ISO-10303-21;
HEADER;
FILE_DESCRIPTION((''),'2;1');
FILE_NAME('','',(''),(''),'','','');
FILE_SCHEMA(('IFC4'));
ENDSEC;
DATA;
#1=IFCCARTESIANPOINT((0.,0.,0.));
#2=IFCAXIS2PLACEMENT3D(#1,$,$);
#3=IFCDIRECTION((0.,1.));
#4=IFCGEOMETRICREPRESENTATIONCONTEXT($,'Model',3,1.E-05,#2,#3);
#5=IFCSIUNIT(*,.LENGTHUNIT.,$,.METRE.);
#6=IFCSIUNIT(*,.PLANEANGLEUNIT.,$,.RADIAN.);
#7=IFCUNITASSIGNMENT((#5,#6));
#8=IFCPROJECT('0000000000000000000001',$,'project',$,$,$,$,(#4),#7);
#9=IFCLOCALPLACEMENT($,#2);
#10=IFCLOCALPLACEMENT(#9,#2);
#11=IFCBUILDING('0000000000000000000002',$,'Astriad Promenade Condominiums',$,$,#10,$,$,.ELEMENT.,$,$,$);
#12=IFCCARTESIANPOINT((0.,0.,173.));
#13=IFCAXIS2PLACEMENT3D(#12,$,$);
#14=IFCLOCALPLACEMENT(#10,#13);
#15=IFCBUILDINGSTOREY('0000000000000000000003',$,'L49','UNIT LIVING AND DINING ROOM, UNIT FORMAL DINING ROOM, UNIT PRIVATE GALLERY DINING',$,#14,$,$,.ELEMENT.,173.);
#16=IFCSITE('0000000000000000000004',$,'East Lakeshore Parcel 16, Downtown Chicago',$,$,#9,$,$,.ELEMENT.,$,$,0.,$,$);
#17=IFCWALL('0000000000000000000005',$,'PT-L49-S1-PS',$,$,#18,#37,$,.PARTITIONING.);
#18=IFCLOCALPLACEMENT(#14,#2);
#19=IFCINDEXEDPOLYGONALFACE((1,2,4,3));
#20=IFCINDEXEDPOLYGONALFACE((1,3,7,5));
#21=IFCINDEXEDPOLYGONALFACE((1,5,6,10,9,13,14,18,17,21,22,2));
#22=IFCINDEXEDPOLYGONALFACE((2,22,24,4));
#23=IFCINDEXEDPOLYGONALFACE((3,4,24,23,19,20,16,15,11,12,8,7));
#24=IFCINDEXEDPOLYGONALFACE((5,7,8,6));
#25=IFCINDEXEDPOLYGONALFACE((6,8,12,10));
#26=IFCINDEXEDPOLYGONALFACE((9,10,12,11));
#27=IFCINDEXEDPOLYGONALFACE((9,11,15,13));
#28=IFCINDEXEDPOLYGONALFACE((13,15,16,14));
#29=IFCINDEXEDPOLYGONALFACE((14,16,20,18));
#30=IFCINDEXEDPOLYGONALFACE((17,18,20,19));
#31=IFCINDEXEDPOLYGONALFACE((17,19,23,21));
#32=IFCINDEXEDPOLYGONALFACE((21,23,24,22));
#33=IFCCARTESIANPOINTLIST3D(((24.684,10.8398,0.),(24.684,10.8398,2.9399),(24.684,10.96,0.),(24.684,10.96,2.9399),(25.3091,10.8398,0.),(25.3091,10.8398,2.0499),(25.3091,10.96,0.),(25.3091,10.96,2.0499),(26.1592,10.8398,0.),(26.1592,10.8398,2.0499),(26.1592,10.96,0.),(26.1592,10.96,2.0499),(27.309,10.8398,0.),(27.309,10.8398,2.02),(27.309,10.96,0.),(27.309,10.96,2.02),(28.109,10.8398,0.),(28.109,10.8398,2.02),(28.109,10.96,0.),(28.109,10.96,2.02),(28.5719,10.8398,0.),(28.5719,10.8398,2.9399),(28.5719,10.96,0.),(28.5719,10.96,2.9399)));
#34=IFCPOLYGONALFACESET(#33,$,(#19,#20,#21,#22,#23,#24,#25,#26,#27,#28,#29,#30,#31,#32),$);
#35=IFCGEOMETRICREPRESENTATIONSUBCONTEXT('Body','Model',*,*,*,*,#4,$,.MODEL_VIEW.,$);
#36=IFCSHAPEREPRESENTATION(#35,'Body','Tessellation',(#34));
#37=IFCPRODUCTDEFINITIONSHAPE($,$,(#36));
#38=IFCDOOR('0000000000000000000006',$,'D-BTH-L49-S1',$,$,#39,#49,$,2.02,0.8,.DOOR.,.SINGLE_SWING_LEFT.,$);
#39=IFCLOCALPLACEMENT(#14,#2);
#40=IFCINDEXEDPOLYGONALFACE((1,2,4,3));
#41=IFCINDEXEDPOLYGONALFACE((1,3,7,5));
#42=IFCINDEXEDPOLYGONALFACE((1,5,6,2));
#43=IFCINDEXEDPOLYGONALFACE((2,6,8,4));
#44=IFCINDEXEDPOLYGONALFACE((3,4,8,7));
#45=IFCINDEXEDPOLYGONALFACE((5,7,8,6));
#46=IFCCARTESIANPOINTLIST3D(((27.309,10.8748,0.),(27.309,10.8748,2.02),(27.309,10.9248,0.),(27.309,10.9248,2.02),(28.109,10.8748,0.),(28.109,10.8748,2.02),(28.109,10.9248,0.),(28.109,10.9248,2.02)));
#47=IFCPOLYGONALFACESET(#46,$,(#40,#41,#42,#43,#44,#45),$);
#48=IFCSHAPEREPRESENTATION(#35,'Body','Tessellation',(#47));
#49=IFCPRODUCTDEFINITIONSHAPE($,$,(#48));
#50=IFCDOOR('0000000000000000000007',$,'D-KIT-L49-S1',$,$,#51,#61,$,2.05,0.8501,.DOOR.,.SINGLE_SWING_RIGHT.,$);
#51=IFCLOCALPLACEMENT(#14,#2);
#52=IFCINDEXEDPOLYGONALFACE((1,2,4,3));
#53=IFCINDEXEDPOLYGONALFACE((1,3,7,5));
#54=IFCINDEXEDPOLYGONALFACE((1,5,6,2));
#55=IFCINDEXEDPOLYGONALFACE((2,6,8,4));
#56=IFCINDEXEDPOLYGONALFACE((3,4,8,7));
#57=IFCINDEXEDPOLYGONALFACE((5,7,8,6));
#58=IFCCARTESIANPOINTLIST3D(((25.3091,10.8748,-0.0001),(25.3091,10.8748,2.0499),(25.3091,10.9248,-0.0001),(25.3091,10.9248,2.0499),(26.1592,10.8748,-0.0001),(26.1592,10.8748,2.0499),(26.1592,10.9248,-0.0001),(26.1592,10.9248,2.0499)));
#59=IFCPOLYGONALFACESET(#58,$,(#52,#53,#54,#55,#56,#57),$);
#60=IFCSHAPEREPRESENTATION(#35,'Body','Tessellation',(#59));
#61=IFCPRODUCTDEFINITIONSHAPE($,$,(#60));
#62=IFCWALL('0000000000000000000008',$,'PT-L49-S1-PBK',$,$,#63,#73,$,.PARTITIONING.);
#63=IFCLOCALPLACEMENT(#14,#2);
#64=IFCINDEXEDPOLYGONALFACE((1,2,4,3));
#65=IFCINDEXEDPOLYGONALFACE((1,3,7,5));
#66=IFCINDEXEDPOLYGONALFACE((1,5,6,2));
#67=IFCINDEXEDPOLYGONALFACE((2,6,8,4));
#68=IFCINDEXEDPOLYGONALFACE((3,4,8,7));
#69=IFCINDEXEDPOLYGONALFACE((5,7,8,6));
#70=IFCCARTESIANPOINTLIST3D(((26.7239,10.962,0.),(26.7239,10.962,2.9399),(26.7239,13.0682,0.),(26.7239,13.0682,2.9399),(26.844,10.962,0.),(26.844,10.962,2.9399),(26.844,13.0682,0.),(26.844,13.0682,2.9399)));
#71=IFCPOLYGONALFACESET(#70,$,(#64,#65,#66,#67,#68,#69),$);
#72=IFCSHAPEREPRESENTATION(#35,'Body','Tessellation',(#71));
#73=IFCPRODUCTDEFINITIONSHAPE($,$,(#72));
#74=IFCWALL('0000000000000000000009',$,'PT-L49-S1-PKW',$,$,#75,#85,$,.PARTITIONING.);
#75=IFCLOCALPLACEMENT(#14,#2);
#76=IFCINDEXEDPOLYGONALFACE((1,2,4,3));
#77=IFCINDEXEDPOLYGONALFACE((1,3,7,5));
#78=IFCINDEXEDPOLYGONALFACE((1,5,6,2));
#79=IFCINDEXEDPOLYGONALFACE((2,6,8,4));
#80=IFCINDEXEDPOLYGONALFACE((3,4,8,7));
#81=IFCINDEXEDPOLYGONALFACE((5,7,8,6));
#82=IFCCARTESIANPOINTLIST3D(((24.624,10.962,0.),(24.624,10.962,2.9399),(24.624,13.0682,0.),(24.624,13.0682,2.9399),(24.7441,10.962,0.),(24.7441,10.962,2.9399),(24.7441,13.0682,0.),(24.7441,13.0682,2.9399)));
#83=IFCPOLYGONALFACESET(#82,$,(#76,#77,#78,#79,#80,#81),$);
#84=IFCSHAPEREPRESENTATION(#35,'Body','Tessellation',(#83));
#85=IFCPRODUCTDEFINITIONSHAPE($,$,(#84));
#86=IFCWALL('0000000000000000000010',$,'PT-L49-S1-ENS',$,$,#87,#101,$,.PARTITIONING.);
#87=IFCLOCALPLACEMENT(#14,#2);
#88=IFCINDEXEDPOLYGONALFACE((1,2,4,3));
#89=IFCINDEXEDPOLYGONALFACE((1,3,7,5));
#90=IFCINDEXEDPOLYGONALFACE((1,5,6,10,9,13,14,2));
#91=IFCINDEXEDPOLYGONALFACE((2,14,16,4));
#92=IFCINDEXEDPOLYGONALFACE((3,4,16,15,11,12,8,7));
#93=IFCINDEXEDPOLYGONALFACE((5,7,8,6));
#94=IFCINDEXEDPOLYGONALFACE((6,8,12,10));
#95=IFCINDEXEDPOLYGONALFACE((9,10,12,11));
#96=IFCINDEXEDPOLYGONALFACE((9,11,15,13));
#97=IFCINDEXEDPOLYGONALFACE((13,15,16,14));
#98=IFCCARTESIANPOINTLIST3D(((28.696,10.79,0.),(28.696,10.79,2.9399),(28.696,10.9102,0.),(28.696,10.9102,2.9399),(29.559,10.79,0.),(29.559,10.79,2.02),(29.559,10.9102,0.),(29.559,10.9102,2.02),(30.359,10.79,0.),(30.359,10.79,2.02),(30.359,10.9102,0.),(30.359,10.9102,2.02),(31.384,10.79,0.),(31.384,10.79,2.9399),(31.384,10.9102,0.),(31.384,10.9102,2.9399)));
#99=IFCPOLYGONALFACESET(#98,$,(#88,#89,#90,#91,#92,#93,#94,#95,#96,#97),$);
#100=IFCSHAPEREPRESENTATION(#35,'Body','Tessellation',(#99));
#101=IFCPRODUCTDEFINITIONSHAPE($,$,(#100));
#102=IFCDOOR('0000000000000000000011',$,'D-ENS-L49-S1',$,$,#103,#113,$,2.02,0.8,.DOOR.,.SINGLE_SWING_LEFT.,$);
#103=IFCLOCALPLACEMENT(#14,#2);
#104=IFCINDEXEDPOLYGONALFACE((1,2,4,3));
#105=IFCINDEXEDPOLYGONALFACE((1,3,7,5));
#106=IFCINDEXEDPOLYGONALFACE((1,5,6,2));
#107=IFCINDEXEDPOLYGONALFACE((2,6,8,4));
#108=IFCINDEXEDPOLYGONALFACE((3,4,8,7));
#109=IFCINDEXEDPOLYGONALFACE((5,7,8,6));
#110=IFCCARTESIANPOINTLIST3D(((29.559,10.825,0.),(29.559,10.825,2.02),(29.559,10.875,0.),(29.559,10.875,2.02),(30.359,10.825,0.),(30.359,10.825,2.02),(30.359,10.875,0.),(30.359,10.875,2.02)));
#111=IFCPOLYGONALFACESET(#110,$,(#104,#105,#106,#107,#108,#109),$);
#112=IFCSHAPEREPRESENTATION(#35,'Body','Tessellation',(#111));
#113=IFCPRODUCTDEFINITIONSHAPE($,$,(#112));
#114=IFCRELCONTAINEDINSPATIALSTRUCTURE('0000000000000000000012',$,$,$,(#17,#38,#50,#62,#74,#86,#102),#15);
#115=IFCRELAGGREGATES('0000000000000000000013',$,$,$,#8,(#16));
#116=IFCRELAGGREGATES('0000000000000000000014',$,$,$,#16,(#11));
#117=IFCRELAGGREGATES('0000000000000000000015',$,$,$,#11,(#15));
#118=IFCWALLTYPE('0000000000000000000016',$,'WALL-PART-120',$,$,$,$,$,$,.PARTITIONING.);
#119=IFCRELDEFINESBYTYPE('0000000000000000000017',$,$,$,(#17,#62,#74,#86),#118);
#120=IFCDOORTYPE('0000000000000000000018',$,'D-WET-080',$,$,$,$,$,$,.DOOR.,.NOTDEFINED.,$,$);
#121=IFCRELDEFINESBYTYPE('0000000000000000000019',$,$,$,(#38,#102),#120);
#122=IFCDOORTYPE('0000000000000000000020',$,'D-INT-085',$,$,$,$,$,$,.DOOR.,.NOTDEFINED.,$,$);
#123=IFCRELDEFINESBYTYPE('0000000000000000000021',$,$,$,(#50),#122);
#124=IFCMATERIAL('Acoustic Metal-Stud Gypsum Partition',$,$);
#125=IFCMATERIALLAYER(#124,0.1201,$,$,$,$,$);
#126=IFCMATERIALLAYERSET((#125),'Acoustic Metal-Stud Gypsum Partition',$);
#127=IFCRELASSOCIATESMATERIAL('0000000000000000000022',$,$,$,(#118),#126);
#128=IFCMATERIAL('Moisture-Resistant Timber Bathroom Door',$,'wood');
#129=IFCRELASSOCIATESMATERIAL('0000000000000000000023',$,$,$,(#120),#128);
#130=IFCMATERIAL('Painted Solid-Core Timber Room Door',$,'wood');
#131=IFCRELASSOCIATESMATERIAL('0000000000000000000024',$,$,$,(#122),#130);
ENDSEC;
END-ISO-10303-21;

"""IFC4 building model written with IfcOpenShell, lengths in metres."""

from ifc_helpers import new_model, si_unit, direction, frame, frame_2d, origin, place, context, subcontext, project, spatial, rectangle, extrude, source, transform, mapped, material, layer, layer_set, type_object, type_shapes, element, fill, save


model = new_model("IFC4")

# Units and contexts
model_context = context("Model", 3, precision=1e-05, world=origin(), true_north=direction((0.0, 1.0)))
body_context = subcontext(model_context, "Body", "Model", "MODEL_VIEW")
ifc_project = project(units=[si_unit("LENGTHUNIT", "METRE"), si_unit("PLANEANGLEUNIT", "RADIAN")], contexts=[model_context])

# Site, building, storey
site_placement = place(None, origin())
site = spatial("IfcSite", under=ifc_project, at=site_placement, Name="East Lakeshore Parcel 16, Downtown Chicago", CompositionType="ELEMENT", RefElevation=0.0)
building_placement = place(site_placement, origin())
building = spatial("IfcBuilding", under=site, at=building_placement, Name="Astriad Promenade Condominiums", CompositionType="ELEMENT")
storey_placement = place(building_placement, frame((0.0, 0.0, 173.0)))
storey = spatial("IfcBuildingStorey", under=building, at=storey_placement, Name="L49", Description="UNIT LIVING AND DINING ROOM, UNIT FORMAL DINING ROOM, UNIT PRIVATE GALLERY DINING", CompositionType="ELEMENT", Elevation=173.0)

# Shared definitions
ifc_material_1 = material(Name="Acoustic Metal-Stud Gypsum Partition")
ifc_layer_1 = layer(ifc_material_1, 0.1201)
ifc_layer_set_1 = layer_set([ifc_layer_1], Name="Acoustic Metal-Stud Gypsum Partition")
wall_type_1 = type_object("IfcWallType", Name="WALL-PART-120", PredefinedType="PARTITIONING", material=ifc_layer_set_1)

# Wall, openings, doors
wall_1_placement = place(storey_placement, frame((24.6841, 10.8999, 0.0), z_axis=(0.0, 0.0, 1.0), x_axis=(1.0, 0.0, 0.0)))
wall_1 = element("IfcWall", 1, at=wall_1_placement, inside=storey, type_object=wall_type_1, Name="PT-L49-S1-PS", PredefinedType="PARTITIONING", context=body_context, shape_type="SweptSolid", body=[
    extrude(rectangle(XDim=3.8879, YDim=0.1201, at=frame_2d((1.9438, 0.0))), origin(), (0.0, 0.0, 1.0), 2.9399),
])
opening_1_placement = place(wall_1_placement, frame((0.625, 0.0, 0.0)))
opening_1 = element("IfcOpeningElement", 2, at=opening_1_placement, cuts=wall_1, PredefinedType="OPENING", context=body_context, shape_type="SweptSolid", body=[
    extrude(rectangle(XDim=0.8501, YDim=2.05, at=frame_2d((0.425, 1.0249))), frame((0.0, 0.0701, 0.0), z_axis=(0.0, -1.0, 0.0), x_axis=(1.0, 0.0, 0.0)), (0.0, 0.0, 1.0), 0.1401),
])
opening_2_placement = place(wall_1_placement, frame((2.625, 0.0, 0.0)))
opening_2 = element("IfcOpeningElement", 3, at=opening_2_placement, cuts=wall_1, PredefinedType="OPENING", context=body_context, shape_type="SweptSolid", body=[
    extrude(rectangle(XDim=0.8, YDim=2.02, at=frame_2d((0.3999, 1.01))), frame((0.0, 0.0701, 0.0), z_axis=(0.0, -1.0, 0.0), x_axis=(1.0, 0.0, 0.0)), (0.0, 0.0, 1.0), 0.1401),
])
ifc_material_2 = material(Name="Moisture-Resistant Timber Bathroom Door", Category="wood")
door_type_1 = type_object("IfcDoorType", Name="D-WET-080", OperationType="NOTDEFINED", PredefinedType="DOOR", material=ifc_material_2)
shared_shape_1 = source(origin(), body_context, "Body", "SweptSolid", [
    extrude(rectangle(XDim=0.8, YDim=2.02, at=frame_2d((0.3999, 1.01))), frame((0.0, 0.0249, 0.0), z_axis=(0.0, -1.0, 0.0), x_axis=(1.0, 0.0, 0.0)), (0.0, 0.0, 1.0), 0.05),
])
type_shapes(door_type_1, [shared_shape_1])
door_1_placement = place(opening_2_placement, origin())
door_1 = element("IfcDoor", 4, at=door_1_placement, inside=storey, type_object=door_type_1, Name="D-BTH-L49-S1", OperationType="SINGLE_SWING_LEFT", OverallHeight=2.02, OverallWidth=0.8, PredefinedType="DOOR", context=body_context, shape_type="MappedRepresentation", body=[
    mapped(shared_shape_1, transform((0.0, 0.0, 0.0), scale=1.0)),
])
fill(opening_2, door_1)
ifc_material_3 = material(Name="Painted Solid-Core Timber Room Door", Category="wood")
door_type_2 = type_object("IfcDoorType", Name="D-INT-085", OperationType="NOTDEFINED", PredefinedType="DOOR", material=ifc_material_3)
shared_shape_2 = source(origin(), body_context, "Body", "SweptSolid", [
    extrude(rectangle(XDim=0.8501, YDim=2.05, at=frame_2d((0.425, 1.0249))), frame((0.0, 0.0249, 0.0), z_axis=(0.0, -1.0, 0.0), x_axis=(1.0, 0.0, 0.0)), (0.0, 0.0, 1.0), 0.05),
])
type_shapes(door_type_2, [shared_shape_2])
door_2_placement = place(opening_1_placement, origin())
door_2 = element("IfcDoor", 5, at=door_2_placement, inside=storey, type_object=door_type_2, Name="D-KIT-L49-S1", OperationType="SINGLE_SWING_RIGHT", OverallHeight=2.05, OverallWidth=0.8501, PredefinedType="DOOR", context=body_context, shape_type="MappedRepresentation", body=[
    mapped(shared_shape_2, transform((0.0, 0.0, 0.0), scale=1.0)),
])
fill(opening_1, door_2)

# Walls
for number, where, z_axis, x_axis, name in (
    (6, (26.7839, 10.9619, 0.0), (0.0, 0.0, 1.0), (0.0, 1.0, 0.0), "PT-L49-S1-PBK"),
    (7, (24.6841, 10.9619, 0.0), (0.0, 0.0, 1.0), (0.0, 1.0, 0.0), "PT-L49-S1-PKW"),
):
    element("IfcWall", number, at=place(storey_placement, frame(where, z_axis=z_axis, x_axis=x_axis)), inside=storey, type_object=wall_type_1, Name=name, PredefinedType="PARTITIONING", context=body_context, shape_type="SweptSolid", body=[
        extrude(rectangle(XDim=2.1062, YDim=0.1201, at=frame_2d((1.0532, 0.0))), origin(), (0.0, 0.0, 1.0), 2.9399),
    ])

# Wall, opening, door
wall_2_placement = place(storey_placement, frame((28.696, 10.8501, 0.0), z_axis=(0.0, 0.0, 1.0), x_axis=(1.0, 0.0, 0.0)))
wall_2 = element("IfcWall", 8, at=wall_2_placement, inside=storey, type_object=wall_type_1, Name="PT-L49-S1-ENS", PredefinedType="PARTITIONING", context=body_context, shape_type="SweptSolid", body=[
    extrude(rectangle(XDim=2.688, YDim=0.1201, at=frame_2d((1.344, 0.0))), origin(), (0.0, 0.0, 1.0), 2.9399),
])
opening_3_placement = place(wall_2_placement, frame((0.863, 0.0, 0.0)))
opening_3 = element("IfcOpeningElement", 9, at=opening_3_placement, cuts=wall_2, PredefinedType="OPENING", context=body_context, shape_type="SweptSolid", body=[
    extrude(rectangle(XDim=0.8, YDim=2.02, at=frame_2d((0.3999, 1.01))), frame((0.0, 0.0701, 0.0), z_axis=(0.0, -1.0, 0.0), x_axis=(1.0, 0.0, 0.0)), (0.0, 0.0, 1.0), 0.1401),
])
door_3_placement = place(opening_3_placement, origin())
door_3 = element("IfcDoor", 10, at=door_3_placement, inside=storey, type_object=door_type_1, Name="D-ENS-L49-S1", OperationType="SINGLE_SWING_LEFT", OverallHeight=2.02, OverallWidth=0.8, PredefinedType="DOOR", context=body_context, shape_type="MappedRepresentation", body=[
    mapped(shared_shape_1, transform((0.0, 0.0, 0.0), scale=1.0)),
])
fill(opening_3, door_3)

save(model, "model.ifc")
